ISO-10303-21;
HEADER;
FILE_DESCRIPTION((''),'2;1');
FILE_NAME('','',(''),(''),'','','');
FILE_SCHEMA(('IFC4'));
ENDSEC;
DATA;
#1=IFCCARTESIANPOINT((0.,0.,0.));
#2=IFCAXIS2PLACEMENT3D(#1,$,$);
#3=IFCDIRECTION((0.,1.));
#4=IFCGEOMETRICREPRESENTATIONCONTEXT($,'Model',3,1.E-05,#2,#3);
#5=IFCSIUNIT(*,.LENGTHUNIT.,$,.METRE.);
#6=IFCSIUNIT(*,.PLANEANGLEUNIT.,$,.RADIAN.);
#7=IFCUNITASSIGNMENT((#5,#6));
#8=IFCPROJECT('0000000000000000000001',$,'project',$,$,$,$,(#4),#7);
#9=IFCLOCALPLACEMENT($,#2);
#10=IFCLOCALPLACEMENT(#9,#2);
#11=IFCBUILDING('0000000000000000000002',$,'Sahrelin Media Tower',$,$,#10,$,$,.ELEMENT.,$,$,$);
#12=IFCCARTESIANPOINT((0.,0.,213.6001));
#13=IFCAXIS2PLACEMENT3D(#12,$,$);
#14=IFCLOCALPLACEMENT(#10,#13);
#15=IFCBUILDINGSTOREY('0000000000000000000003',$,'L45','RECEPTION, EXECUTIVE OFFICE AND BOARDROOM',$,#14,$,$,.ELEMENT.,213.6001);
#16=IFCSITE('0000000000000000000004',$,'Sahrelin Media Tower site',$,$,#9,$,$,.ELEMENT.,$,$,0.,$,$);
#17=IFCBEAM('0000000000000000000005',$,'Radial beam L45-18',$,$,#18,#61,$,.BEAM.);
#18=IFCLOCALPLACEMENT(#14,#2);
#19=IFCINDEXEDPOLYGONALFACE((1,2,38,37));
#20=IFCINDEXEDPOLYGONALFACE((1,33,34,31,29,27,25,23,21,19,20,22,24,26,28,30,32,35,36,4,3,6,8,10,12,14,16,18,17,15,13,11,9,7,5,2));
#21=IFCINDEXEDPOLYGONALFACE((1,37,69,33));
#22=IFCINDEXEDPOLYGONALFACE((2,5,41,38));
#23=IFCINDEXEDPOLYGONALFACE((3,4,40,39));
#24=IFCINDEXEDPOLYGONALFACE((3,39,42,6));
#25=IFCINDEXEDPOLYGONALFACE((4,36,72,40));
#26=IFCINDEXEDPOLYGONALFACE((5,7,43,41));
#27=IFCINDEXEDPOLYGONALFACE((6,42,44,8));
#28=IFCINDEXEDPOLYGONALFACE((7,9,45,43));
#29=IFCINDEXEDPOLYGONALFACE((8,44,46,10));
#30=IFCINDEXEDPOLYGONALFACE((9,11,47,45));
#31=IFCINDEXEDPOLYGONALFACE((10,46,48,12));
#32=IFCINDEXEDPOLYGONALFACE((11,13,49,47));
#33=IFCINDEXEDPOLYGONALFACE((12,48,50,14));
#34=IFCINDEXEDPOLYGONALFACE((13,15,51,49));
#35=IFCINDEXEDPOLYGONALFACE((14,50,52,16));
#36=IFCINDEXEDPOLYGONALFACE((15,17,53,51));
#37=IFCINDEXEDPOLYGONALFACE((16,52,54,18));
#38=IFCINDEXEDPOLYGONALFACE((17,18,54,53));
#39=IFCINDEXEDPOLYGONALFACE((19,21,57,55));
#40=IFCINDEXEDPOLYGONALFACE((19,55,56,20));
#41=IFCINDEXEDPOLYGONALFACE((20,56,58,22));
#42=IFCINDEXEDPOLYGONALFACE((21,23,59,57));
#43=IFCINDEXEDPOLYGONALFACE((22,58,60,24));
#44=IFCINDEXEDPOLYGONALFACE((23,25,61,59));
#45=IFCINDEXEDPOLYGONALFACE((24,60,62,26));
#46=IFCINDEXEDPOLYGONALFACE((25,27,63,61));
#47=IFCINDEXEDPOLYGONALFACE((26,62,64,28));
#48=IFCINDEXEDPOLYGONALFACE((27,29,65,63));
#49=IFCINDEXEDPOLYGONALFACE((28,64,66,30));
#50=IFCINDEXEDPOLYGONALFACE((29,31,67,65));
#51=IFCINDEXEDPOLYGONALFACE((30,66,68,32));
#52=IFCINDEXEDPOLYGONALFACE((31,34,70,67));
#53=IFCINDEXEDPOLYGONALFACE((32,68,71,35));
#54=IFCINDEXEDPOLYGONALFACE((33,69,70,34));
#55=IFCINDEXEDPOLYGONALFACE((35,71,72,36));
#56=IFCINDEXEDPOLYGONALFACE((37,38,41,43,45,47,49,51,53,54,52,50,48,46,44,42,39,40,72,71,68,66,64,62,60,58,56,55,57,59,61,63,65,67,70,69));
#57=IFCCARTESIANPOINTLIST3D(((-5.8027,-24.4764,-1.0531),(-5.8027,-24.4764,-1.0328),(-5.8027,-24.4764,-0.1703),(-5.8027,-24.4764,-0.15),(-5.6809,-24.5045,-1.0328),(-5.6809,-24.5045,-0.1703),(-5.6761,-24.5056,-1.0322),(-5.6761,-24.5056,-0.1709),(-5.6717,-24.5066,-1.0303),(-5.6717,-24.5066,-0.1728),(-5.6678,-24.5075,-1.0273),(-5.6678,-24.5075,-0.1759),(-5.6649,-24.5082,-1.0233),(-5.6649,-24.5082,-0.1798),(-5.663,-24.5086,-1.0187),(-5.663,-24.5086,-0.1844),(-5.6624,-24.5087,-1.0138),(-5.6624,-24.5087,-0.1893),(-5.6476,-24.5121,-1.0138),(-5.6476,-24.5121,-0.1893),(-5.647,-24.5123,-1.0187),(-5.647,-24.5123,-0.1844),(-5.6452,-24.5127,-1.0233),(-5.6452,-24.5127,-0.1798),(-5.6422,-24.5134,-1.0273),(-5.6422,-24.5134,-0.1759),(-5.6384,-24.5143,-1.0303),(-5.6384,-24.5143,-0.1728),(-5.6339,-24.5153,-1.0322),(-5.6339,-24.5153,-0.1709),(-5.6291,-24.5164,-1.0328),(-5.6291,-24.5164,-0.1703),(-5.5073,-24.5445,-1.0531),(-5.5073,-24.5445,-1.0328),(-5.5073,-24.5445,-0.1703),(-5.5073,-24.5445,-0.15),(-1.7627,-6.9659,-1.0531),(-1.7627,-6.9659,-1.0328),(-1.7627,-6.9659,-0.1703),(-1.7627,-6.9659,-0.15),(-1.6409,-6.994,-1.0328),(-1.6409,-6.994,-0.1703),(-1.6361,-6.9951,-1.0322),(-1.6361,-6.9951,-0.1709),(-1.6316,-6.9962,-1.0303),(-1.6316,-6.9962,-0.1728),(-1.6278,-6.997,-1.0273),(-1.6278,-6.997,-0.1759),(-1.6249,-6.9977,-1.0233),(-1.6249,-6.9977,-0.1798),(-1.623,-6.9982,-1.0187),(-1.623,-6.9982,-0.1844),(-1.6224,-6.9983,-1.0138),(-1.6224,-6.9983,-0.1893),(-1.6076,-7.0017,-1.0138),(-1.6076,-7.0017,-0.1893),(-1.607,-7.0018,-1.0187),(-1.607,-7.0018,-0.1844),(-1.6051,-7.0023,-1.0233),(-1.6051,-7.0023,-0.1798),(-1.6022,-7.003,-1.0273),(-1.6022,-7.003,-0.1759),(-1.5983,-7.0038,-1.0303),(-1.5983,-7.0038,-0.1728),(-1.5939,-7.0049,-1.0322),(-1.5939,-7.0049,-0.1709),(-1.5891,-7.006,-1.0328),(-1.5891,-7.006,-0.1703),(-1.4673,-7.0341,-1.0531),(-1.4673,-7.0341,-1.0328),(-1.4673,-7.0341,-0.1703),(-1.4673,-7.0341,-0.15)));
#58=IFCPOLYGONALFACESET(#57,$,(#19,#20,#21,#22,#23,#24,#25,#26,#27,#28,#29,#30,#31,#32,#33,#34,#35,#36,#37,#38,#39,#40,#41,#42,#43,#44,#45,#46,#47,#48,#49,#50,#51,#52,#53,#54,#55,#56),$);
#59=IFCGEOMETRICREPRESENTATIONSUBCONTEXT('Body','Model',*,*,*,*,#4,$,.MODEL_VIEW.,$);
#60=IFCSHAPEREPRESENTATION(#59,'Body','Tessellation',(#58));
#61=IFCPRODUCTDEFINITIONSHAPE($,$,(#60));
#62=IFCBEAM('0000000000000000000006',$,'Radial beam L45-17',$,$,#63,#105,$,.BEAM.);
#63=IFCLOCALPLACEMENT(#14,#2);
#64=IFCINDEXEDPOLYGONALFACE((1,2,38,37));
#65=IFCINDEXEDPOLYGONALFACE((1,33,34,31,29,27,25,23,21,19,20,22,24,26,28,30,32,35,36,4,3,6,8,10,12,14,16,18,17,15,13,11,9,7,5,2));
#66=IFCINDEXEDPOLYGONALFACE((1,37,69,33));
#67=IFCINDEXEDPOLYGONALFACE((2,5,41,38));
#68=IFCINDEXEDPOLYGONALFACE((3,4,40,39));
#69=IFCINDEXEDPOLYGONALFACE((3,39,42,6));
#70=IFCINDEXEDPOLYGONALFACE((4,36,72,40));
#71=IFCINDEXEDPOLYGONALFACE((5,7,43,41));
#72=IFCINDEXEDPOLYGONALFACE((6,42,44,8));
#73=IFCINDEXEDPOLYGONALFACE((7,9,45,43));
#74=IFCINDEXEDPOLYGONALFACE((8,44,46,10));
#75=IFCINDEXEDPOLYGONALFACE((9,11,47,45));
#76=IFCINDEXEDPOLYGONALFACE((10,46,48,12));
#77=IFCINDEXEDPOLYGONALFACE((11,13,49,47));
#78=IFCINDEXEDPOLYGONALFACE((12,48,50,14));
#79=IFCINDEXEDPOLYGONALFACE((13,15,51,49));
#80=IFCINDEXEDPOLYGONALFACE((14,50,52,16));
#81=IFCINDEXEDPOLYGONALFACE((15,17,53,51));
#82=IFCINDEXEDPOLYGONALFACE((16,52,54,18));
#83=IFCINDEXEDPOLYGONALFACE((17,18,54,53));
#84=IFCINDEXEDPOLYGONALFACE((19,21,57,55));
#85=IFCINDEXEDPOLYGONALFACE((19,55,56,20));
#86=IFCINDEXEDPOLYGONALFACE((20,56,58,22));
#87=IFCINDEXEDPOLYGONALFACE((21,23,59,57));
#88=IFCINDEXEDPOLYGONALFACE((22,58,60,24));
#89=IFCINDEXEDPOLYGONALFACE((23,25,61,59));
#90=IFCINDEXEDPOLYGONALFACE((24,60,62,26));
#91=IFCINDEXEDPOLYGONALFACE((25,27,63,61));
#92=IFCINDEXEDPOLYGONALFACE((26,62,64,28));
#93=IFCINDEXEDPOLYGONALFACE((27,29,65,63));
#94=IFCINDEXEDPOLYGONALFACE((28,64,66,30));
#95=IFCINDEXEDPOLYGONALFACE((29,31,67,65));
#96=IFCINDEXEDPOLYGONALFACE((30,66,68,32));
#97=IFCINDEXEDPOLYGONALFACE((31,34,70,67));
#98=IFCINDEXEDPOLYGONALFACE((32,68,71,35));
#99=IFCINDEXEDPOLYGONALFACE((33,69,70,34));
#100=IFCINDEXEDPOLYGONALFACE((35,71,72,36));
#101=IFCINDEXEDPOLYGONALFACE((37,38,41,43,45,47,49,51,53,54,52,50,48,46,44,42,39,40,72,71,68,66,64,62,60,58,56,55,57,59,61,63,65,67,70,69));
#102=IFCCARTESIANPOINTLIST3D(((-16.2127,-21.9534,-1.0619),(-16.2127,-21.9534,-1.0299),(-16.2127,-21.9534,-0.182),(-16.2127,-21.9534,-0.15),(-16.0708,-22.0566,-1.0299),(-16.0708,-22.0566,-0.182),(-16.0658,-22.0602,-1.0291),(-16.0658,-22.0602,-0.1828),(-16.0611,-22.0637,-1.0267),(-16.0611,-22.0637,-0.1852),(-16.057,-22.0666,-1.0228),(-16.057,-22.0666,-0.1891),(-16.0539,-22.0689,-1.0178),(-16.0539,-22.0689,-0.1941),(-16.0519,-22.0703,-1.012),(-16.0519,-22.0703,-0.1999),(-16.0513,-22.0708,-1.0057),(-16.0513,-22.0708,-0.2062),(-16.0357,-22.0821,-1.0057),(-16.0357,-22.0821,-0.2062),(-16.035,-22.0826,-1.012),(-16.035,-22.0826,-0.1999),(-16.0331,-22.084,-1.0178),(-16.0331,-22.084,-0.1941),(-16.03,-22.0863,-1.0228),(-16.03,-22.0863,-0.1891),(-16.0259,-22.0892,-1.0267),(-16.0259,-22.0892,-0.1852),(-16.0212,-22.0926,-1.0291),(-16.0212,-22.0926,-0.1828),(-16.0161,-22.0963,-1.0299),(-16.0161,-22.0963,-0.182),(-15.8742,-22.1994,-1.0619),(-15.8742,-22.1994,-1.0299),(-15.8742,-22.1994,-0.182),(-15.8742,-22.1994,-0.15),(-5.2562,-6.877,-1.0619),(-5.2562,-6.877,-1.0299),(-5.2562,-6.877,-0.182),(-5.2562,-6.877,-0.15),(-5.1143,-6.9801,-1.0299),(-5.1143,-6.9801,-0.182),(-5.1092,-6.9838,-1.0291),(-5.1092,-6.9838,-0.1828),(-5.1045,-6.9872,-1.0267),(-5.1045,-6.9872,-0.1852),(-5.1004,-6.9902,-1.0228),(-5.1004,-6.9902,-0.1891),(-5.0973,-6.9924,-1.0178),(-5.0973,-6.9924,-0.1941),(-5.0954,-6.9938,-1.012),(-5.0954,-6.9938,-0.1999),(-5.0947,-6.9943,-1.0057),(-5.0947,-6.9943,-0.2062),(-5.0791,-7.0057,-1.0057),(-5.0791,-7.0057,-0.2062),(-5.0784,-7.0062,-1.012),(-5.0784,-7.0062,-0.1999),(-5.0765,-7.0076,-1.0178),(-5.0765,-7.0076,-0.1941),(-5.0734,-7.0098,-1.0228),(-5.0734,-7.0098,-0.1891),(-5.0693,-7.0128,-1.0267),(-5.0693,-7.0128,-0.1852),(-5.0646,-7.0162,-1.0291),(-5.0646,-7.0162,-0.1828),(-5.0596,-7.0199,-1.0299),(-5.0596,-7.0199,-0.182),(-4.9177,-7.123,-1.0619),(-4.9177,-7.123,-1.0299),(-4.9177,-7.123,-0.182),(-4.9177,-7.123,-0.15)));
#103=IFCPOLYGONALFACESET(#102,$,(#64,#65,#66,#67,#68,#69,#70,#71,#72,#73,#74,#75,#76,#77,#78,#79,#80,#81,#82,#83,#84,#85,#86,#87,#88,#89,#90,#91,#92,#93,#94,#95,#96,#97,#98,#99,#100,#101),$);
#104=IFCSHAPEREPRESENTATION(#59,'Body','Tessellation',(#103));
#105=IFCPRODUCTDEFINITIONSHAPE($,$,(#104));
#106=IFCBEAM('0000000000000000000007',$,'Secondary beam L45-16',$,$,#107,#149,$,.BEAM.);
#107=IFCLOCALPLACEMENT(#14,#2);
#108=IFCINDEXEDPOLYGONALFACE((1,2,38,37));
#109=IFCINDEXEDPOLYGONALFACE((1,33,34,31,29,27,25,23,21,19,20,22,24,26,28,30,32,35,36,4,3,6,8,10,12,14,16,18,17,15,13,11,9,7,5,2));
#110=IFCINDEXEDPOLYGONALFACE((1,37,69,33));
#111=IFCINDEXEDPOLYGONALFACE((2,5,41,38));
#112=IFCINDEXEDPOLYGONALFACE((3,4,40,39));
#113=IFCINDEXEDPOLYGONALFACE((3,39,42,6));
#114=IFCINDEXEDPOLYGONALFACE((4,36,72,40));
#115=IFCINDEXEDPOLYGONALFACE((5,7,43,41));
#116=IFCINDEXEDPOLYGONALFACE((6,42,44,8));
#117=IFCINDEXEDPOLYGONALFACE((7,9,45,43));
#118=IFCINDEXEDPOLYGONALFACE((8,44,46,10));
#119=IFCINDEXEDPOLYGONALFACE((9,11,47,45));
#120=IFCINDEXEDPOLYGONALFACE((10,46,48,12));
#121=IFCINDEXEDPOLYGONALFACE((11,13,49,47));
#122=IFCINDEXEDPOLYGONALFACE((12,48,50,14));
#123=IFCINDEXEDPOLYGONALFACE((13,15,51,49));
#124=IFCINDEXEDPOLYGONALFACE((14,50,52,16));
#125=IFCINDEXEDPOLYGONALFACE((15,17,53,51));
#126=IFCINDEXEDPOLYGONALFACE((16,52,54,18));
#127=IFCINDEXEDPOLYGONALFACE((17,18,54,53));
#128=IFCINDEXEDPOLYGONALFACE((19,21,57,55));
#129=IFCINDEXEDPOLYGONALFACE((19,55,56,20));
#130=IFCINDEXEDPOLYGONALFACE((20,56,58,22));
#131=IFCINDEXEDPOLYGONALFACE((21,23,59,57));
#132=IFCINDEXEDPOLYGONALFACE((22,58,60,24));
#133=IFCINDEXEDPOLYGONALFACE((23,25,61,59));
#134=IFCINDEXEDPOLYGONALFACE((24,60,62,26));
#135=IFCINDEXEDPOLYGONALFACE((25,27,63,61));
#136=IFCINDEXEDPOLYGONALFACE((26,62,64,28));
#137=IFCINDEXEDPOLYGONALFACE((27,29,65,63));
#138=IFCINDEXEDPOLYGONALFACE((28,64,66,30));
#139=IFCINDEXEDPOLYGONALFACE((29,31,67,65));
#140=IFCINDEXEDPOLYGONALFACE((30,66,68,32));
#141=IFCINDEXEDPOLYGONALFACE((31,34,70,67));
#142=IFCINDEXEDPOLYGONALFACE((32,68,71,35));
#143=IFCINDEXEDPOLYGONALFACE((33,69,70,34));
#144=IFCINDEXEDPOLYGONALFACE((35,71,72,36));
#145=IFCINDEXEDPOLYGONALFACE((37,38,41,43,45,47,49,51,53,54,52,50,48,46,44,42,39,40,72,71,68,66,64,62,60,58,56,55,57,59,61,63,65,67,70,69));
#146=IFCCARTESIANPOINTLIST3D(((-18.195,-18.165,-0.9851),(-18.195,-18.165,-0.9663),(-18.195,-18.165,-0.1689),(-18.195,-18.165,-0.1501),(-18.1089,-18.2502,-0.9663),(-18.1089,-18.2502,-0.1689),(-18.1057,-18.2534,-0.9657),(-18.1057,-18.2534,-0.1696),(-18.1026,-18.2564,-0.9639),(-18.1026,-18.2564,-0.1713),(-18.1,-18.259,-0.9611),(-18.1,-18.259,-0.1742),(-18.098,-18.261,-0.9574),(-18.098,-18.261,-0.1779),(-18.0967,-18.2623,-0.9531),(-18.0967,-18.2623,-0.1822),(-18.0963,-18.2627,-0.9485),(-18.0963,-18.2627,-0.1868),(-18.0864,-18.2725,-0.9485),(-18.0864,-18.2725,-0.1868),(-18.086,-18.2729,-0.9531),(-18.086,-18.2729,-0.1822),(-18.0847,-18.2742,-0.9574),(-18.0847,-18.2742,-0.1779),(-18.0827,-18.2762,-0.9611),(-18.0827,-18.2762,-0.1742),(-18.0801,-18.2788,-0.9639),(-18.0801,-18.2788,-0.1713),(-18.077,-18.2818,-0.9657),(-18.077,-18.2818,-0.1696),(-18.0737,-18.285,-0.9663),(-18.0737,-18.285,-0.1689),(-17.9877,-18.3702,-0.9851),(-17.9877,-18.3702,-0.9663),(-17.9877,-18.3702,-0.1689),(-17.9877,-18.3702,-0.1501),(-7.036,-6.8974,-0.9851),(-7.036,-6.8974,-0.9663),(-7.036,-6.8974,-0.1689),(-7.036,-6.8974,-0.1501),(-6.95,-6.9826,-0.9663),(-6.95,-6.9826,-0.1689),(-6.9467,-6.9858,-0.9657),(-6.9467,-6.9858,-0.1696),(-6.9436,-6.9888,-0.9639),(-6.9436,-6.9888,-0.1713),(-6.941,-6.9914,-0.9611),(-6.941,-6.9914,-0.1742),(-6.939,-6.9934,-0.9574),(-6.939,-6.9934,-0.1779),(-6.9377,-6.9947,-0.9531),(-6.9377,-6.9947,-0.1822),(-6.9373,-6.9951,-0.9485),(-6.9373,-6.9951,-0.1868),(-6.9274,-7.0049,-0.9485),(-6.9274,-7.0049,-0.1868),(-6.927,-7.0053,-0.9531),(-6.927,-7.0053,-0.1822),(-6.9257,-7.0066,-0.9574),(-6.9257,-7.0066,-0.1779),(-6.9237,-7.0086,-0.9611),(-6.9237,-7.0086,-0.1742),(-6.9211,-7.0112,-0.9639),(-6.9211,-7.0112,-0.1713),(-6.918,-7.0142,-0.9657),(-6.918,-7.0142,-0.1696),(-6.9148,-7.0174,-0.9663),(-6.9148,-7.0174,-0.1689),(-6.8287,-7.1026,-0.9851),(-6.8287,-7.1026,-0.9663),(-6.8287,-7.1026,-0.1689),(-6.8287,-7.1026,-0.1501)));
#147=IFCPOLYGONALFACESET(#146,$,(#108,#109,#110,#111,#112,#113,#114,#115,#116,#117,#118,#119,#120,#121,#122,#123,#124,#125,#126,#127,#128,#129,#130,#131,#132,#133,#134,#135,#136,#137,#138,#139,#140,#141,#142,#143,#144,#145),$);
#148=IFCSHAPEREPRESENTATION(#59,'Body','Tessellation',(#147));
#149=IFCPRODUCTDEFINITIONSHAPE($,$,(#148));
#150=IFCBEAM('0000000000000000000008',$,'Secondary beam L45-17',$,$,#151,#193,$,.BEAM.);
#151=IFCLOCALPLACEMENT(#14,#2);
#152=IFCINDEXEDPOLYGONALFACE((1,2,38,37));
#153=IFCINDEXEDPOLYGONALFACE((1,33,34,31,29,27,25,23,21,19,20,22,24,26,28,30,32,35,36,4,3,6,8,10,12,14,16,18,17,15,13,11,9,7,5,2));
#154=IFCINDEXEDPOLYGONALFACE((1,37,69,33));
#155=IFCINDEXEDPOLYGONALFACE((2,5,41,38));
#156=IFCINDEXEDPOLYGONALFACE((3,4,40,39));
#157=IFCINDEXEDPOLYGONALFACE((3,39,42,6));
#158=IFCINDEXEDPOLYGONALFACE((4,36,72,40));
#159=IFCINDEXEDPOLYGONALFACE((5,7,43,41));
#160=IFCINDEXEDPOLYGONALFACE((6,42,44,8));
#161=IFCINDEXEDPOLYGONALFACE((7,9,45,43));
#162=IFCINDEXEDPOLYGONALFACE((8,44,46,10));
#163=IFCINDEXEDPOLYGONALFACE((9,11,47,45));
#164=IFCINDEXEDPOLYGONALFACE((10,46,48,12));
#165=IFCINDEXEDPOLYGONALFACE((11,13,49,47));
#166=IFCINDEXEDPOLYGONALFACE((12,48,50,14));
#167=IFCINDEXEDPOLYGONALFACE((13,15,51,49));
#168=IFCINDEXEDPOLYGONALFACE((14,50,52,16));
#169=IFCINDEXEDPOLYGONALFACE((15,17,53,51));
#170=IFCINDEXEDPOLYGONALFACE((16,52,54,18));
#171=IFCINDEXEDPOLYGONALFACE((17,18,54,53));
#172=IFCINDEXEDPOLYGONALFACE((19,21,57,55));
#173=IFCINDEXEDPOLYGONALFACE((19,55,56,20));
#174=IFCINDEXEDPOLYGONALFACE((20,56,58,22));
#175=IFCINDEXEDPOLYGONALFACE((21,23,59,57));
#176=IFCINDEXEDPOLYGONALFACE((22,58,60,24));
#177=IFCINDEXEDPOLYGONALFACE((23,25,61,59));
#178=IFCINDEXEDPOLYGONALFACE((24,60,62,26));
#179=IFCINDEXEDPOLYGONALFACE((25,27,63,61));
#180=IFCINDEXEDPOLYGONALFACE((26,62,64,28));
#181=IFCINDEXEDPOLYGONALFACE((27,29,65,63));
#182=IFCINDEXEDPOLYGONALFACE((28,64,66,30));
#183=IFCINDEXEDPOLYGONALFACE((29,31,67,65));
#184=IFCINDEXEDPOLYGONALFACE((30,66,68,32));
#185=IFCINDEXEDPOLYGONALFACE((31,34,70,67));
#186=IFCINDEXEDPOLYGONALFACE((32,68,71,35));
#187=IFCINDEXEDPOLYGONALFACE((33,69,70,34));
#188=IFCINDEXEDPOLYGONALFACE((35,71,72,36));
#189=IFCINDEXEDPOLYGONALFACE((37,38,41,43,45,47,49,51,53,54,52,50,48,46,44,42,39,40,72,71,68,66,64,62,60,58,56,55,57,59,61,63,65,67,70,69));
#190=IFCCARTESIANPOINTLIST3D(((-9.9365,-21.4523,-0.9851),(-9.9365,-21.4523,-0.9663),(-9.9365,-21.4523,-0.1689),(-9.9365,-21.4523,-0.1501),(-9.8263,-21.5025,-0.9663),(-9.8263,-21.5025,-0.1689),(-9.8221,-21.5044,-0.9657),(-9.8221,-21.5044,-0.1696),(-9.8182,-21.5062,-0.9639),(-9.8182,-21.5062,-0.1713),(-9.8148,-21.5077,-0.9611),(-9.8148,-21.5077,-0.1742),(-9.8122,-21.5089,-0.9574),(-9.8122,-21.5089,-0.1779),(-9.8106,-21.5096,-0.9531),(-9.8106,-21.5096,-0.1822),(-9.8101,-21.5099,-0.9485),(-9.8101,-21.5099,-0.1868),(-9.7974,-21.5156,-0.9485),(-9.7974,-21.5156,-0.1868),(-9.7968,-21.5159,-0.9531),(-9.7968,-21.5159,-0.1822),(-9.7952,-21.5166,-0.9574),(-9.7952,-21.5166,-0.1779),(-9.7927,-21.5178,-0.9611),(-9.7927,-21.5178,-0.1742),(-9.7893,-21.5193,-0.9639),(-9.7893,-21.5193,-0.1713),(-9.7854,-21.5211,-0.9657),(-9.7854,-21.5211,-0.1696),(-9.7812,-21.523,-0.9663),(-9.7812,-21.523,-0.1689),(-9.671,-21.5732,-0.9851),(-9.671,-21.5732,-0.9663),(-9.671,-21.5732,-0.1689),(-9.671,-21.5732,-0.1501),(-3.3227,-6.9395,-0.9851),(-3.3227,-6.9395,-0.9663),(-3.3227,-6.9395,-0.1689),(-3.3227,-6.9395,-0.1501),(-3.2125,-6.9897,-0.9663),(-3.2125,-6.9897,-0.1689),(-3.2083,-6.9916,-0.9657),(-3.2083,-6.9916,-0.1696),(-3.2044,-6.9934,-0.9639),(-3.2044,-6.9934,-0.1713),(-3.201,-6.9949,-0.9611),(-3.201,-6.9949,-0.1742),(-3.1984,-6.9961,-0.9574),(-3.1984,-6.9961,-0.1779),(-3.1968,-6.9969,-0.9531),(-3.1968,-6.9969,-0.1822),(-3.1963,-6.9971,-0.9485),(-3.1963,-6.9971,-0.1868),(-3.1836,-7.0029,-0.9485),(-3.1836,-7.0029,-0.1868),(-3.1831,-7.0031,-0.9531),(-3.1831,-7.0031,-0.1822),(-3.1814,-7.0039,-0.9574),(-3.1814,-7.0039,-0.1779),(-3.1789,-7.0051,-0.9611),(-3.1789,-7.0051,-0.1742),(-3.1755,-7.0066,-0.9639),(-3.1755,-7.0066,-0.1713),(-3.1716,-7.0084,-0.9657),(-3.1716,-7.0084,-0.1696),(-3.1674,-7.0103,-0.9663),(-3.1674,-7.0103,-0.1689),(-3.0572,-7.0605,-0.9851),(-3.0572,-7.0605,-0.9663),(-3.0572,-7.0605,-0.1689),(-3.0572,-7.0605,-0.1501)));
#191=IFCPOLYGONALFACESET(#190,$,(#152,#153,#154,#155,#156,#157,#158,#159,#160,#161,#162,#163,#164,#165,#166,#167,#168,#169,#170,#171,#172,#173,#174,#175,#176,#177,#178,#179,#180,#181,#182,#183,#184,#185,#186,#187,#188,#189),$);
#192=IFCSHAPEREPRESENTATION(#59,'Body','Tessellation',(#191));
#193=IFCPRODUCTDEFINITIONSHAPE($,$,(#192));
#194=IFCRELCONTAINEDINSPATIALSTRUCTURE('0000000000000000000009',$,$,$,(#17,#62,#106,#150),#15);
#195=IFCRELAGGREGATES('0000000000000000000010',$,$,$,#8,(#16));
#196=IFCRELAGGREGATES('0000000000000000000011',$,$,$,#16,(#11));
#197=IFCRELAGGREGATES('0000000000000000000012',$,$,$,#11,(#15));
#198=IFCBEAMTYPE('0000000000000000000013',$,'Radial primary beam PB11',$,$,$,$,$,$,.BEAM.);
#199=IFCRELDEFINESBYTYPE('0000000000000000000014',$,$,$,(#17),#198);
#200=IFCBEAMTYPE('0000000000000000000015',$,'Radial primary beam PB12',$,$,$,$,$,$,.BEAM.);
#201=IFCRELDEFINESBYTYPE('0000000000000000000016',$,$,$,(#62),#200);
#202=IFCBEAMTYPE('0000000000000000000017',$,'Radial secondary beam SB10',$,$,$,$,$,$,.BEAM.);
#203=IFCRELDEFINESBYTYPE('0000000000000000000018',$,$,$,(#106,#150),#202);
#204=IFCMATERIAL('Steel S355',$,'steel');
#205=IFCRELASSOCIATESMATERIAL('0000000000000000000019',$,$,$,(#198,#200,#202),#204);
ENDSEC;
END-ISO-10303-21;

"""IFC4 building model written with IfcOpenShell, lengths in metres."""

from ifc_helpers import new_model, si_unit, direction, frame, origin, origin_2d, place, context, subcontext, project, spatial, i_section, extrude, material, material_profile, profile_set, type_object, element, save


model = new_model("IFC4")

# Units and contexts
model_context = context("Model", 3, precision=1e-05, world=origin(), true_north=direction((0.0, 1.0)))
body_context = subcontext(model_context, "Body", "Model", "MODEL_VIEW")
ifc_project = project(units=[si_unit("LENGTHUNIT", "METRE"), si_unit("PLANEANGLEUNIT", "RADIAN")], contexts=[model_context])

# Site, building, storey
site_placement = place(None, origin())
site = spatial("IfcSite", under=ifc_project, at=site_placement, Name="Sahrelin Media Tower site", CompositionType="ELEMENT", RefElevation=0.0)
building_placement = place(site_placement, origin())
building = spatial("IfcBuilding", under=site, at=building_placement, Name="Sahrelin Media Tower", CompositionType="ELEMENT")
storey_placement = place(building_placement, frame((0.0, 0.0, 213.6001)))
storey = spatial("IfcBuildingStorey", under=building, at=storey_placement, Name="L45", Description="RECEPTION, EXECUTIVE OFFICE AND BOARDROOM", CompositionType="ELEMENT", Elevation=213.6001)

# Shared definitions
ifc_material_1 = material(Name="Steel S355", Category="steel")

# Beams
ifc_material_profile_1 = material_profile(ifc_material_1, i_section(OverallWidth=0.3032, OverallDepth=0.9031, WebThickness=0.0151, FlangeThickness=0.0203, FilletRadius=0.019, at=origin_2d()), Name="UB 914x305x201")
ifc_profile_set_1 = profile_set([ifc_material_profile_1], Name="Steel S355")
beam_type_1 = type_object("IfcBeamType", Name="Radial primary beam PB11", PredefinedType="BEAM", material=ifc_profile_set_1)
beam_1_placement = place(storey_placement, frame((-1.615, -7.0, -0.6016), z_axis=(-0.224815, -0.974401, 0.0), x_axis=(0.974401, -0.224815, 0.0)))
element("IfcBeam", 1, at=beam_1_placement, inside=storey, type_object=beam_type_1, Name="Radial beam L45-18", PredefinedType="BEAM", context=body_context, shape_type="SweptSolid", body=[
    extrude(i_section(OverallWidth=0.3032, OverallDepth=0.9031, WebThickness=0.0151, FlangeThickness=0.0203, FilletRadius=0.019, at=origin_2d()), origin(), (0.0, 0.0, 1.0), 17.9705),
])
ifc_material_profile_2 = material_profile(ifc_material_1, i_section(OverallWidth=0.4185, OverallDepth=0.9119, WebThickness=0.0193, FlangeThickness=0.032, FilletRadius=0.0242, at=origin_2d()), Name="UB 914x419x343")
ifc_profile_set_2 = profile_set([ifc_material_profile_2], Name="Steel S355")
beam_type_2 = type_object("IfcBeamType", Name="Radial primary beam PB12", PredefinedType="BEAM", material=ifc_profile_set_2)
beam_2_placement = place(storey_placement, frame((-5.0869, -7.0, -0.606), z_axis=(-0.587887, -0.808943, 0.0), x_axis=(0.808943, -0.587887, 0.0)))
element("IfcBeam", 2, at=beam_2_placement, inside=storey, type_object=beam_type_2, Name="Radial beam L45-17", PredefinedType="BEAM", context=body_context, shape_type="SweptSolid", body=[
    extrude(i_section(OverallWidth=0.4185, OverallDepth=0.9119, WebThickness=0.0193, FlangeThickness=0.032, FilletRadius=0.0242, at=origin_2d()), origin(), (0.0, 0.0, 1.0), 18.6372),
])
ifc_material_profile_3 = material_profile(ifc_material_1, i_section(OverallWidth=0.2917, OverallDepth=0.835, WebThickness=0.0139, FlangeThickness=0.0188, FilletRadius=0.0178, at=origin_2d()), Name="UB 838x292x176")
ifc_profile_set_3 = profile_set([ifc_material_profile_3], Name="Steel S355")
beam_type_3 = type_object("IfcBeamType", Name="Radial secondary beam SB10", PredefinedType="BEAM", material=ifc_profile_set_3)
beam_3_placement = place(storey_placement, frame((-6.9324, -7.0, -0.5676), z_axis=(-0.703673, -0.710524, 0.0), x_axis=(0.710524, -0.703673, 0.0)))
element("IfcBeam", 3, at=beam_3_placement, inside=storey, type_object=beam_type_3, Name="Secondary beam L45-16", PredefinedType="BEAM", context=body_context, shape_type="SweptSolid", body=[
    extrude(i_section(OverallWidth=0.2917, OverallDepth=0.835, WebThickness=0.0139, FlangeThickness=0.0188, FilletRadius=0.0178, at=origin_2d()), origin(), (0.0, 0.0, 1.0), 15.8582),
])
beam_4_placement = place(storey_placement, frame((-3.1899, -7.0, -0.5676), z_axis=(-0.414691, -0.909962, 0.0), x_axis=(0.909962, -0.414691, 0.0)))
element("IfcBeam", 4, at=beam_4_placement, inside=storey, type_object=beam_type_3, Name="Secondary beam L45-17", PredefinedType="BEAM", context=body_context, shape_type="SweptSolid", body=[
    extrude(i_section(OverallWidth=0.2917, OverallDepth=0.835, WebThickness=0.0139, FlangeThickness=0.0188, FilletRadius=0.0178, at=origin_2d()), origin(), (0.0, 0.0, 1.0), 15.9487),
])

save(model, "model.ifc")
